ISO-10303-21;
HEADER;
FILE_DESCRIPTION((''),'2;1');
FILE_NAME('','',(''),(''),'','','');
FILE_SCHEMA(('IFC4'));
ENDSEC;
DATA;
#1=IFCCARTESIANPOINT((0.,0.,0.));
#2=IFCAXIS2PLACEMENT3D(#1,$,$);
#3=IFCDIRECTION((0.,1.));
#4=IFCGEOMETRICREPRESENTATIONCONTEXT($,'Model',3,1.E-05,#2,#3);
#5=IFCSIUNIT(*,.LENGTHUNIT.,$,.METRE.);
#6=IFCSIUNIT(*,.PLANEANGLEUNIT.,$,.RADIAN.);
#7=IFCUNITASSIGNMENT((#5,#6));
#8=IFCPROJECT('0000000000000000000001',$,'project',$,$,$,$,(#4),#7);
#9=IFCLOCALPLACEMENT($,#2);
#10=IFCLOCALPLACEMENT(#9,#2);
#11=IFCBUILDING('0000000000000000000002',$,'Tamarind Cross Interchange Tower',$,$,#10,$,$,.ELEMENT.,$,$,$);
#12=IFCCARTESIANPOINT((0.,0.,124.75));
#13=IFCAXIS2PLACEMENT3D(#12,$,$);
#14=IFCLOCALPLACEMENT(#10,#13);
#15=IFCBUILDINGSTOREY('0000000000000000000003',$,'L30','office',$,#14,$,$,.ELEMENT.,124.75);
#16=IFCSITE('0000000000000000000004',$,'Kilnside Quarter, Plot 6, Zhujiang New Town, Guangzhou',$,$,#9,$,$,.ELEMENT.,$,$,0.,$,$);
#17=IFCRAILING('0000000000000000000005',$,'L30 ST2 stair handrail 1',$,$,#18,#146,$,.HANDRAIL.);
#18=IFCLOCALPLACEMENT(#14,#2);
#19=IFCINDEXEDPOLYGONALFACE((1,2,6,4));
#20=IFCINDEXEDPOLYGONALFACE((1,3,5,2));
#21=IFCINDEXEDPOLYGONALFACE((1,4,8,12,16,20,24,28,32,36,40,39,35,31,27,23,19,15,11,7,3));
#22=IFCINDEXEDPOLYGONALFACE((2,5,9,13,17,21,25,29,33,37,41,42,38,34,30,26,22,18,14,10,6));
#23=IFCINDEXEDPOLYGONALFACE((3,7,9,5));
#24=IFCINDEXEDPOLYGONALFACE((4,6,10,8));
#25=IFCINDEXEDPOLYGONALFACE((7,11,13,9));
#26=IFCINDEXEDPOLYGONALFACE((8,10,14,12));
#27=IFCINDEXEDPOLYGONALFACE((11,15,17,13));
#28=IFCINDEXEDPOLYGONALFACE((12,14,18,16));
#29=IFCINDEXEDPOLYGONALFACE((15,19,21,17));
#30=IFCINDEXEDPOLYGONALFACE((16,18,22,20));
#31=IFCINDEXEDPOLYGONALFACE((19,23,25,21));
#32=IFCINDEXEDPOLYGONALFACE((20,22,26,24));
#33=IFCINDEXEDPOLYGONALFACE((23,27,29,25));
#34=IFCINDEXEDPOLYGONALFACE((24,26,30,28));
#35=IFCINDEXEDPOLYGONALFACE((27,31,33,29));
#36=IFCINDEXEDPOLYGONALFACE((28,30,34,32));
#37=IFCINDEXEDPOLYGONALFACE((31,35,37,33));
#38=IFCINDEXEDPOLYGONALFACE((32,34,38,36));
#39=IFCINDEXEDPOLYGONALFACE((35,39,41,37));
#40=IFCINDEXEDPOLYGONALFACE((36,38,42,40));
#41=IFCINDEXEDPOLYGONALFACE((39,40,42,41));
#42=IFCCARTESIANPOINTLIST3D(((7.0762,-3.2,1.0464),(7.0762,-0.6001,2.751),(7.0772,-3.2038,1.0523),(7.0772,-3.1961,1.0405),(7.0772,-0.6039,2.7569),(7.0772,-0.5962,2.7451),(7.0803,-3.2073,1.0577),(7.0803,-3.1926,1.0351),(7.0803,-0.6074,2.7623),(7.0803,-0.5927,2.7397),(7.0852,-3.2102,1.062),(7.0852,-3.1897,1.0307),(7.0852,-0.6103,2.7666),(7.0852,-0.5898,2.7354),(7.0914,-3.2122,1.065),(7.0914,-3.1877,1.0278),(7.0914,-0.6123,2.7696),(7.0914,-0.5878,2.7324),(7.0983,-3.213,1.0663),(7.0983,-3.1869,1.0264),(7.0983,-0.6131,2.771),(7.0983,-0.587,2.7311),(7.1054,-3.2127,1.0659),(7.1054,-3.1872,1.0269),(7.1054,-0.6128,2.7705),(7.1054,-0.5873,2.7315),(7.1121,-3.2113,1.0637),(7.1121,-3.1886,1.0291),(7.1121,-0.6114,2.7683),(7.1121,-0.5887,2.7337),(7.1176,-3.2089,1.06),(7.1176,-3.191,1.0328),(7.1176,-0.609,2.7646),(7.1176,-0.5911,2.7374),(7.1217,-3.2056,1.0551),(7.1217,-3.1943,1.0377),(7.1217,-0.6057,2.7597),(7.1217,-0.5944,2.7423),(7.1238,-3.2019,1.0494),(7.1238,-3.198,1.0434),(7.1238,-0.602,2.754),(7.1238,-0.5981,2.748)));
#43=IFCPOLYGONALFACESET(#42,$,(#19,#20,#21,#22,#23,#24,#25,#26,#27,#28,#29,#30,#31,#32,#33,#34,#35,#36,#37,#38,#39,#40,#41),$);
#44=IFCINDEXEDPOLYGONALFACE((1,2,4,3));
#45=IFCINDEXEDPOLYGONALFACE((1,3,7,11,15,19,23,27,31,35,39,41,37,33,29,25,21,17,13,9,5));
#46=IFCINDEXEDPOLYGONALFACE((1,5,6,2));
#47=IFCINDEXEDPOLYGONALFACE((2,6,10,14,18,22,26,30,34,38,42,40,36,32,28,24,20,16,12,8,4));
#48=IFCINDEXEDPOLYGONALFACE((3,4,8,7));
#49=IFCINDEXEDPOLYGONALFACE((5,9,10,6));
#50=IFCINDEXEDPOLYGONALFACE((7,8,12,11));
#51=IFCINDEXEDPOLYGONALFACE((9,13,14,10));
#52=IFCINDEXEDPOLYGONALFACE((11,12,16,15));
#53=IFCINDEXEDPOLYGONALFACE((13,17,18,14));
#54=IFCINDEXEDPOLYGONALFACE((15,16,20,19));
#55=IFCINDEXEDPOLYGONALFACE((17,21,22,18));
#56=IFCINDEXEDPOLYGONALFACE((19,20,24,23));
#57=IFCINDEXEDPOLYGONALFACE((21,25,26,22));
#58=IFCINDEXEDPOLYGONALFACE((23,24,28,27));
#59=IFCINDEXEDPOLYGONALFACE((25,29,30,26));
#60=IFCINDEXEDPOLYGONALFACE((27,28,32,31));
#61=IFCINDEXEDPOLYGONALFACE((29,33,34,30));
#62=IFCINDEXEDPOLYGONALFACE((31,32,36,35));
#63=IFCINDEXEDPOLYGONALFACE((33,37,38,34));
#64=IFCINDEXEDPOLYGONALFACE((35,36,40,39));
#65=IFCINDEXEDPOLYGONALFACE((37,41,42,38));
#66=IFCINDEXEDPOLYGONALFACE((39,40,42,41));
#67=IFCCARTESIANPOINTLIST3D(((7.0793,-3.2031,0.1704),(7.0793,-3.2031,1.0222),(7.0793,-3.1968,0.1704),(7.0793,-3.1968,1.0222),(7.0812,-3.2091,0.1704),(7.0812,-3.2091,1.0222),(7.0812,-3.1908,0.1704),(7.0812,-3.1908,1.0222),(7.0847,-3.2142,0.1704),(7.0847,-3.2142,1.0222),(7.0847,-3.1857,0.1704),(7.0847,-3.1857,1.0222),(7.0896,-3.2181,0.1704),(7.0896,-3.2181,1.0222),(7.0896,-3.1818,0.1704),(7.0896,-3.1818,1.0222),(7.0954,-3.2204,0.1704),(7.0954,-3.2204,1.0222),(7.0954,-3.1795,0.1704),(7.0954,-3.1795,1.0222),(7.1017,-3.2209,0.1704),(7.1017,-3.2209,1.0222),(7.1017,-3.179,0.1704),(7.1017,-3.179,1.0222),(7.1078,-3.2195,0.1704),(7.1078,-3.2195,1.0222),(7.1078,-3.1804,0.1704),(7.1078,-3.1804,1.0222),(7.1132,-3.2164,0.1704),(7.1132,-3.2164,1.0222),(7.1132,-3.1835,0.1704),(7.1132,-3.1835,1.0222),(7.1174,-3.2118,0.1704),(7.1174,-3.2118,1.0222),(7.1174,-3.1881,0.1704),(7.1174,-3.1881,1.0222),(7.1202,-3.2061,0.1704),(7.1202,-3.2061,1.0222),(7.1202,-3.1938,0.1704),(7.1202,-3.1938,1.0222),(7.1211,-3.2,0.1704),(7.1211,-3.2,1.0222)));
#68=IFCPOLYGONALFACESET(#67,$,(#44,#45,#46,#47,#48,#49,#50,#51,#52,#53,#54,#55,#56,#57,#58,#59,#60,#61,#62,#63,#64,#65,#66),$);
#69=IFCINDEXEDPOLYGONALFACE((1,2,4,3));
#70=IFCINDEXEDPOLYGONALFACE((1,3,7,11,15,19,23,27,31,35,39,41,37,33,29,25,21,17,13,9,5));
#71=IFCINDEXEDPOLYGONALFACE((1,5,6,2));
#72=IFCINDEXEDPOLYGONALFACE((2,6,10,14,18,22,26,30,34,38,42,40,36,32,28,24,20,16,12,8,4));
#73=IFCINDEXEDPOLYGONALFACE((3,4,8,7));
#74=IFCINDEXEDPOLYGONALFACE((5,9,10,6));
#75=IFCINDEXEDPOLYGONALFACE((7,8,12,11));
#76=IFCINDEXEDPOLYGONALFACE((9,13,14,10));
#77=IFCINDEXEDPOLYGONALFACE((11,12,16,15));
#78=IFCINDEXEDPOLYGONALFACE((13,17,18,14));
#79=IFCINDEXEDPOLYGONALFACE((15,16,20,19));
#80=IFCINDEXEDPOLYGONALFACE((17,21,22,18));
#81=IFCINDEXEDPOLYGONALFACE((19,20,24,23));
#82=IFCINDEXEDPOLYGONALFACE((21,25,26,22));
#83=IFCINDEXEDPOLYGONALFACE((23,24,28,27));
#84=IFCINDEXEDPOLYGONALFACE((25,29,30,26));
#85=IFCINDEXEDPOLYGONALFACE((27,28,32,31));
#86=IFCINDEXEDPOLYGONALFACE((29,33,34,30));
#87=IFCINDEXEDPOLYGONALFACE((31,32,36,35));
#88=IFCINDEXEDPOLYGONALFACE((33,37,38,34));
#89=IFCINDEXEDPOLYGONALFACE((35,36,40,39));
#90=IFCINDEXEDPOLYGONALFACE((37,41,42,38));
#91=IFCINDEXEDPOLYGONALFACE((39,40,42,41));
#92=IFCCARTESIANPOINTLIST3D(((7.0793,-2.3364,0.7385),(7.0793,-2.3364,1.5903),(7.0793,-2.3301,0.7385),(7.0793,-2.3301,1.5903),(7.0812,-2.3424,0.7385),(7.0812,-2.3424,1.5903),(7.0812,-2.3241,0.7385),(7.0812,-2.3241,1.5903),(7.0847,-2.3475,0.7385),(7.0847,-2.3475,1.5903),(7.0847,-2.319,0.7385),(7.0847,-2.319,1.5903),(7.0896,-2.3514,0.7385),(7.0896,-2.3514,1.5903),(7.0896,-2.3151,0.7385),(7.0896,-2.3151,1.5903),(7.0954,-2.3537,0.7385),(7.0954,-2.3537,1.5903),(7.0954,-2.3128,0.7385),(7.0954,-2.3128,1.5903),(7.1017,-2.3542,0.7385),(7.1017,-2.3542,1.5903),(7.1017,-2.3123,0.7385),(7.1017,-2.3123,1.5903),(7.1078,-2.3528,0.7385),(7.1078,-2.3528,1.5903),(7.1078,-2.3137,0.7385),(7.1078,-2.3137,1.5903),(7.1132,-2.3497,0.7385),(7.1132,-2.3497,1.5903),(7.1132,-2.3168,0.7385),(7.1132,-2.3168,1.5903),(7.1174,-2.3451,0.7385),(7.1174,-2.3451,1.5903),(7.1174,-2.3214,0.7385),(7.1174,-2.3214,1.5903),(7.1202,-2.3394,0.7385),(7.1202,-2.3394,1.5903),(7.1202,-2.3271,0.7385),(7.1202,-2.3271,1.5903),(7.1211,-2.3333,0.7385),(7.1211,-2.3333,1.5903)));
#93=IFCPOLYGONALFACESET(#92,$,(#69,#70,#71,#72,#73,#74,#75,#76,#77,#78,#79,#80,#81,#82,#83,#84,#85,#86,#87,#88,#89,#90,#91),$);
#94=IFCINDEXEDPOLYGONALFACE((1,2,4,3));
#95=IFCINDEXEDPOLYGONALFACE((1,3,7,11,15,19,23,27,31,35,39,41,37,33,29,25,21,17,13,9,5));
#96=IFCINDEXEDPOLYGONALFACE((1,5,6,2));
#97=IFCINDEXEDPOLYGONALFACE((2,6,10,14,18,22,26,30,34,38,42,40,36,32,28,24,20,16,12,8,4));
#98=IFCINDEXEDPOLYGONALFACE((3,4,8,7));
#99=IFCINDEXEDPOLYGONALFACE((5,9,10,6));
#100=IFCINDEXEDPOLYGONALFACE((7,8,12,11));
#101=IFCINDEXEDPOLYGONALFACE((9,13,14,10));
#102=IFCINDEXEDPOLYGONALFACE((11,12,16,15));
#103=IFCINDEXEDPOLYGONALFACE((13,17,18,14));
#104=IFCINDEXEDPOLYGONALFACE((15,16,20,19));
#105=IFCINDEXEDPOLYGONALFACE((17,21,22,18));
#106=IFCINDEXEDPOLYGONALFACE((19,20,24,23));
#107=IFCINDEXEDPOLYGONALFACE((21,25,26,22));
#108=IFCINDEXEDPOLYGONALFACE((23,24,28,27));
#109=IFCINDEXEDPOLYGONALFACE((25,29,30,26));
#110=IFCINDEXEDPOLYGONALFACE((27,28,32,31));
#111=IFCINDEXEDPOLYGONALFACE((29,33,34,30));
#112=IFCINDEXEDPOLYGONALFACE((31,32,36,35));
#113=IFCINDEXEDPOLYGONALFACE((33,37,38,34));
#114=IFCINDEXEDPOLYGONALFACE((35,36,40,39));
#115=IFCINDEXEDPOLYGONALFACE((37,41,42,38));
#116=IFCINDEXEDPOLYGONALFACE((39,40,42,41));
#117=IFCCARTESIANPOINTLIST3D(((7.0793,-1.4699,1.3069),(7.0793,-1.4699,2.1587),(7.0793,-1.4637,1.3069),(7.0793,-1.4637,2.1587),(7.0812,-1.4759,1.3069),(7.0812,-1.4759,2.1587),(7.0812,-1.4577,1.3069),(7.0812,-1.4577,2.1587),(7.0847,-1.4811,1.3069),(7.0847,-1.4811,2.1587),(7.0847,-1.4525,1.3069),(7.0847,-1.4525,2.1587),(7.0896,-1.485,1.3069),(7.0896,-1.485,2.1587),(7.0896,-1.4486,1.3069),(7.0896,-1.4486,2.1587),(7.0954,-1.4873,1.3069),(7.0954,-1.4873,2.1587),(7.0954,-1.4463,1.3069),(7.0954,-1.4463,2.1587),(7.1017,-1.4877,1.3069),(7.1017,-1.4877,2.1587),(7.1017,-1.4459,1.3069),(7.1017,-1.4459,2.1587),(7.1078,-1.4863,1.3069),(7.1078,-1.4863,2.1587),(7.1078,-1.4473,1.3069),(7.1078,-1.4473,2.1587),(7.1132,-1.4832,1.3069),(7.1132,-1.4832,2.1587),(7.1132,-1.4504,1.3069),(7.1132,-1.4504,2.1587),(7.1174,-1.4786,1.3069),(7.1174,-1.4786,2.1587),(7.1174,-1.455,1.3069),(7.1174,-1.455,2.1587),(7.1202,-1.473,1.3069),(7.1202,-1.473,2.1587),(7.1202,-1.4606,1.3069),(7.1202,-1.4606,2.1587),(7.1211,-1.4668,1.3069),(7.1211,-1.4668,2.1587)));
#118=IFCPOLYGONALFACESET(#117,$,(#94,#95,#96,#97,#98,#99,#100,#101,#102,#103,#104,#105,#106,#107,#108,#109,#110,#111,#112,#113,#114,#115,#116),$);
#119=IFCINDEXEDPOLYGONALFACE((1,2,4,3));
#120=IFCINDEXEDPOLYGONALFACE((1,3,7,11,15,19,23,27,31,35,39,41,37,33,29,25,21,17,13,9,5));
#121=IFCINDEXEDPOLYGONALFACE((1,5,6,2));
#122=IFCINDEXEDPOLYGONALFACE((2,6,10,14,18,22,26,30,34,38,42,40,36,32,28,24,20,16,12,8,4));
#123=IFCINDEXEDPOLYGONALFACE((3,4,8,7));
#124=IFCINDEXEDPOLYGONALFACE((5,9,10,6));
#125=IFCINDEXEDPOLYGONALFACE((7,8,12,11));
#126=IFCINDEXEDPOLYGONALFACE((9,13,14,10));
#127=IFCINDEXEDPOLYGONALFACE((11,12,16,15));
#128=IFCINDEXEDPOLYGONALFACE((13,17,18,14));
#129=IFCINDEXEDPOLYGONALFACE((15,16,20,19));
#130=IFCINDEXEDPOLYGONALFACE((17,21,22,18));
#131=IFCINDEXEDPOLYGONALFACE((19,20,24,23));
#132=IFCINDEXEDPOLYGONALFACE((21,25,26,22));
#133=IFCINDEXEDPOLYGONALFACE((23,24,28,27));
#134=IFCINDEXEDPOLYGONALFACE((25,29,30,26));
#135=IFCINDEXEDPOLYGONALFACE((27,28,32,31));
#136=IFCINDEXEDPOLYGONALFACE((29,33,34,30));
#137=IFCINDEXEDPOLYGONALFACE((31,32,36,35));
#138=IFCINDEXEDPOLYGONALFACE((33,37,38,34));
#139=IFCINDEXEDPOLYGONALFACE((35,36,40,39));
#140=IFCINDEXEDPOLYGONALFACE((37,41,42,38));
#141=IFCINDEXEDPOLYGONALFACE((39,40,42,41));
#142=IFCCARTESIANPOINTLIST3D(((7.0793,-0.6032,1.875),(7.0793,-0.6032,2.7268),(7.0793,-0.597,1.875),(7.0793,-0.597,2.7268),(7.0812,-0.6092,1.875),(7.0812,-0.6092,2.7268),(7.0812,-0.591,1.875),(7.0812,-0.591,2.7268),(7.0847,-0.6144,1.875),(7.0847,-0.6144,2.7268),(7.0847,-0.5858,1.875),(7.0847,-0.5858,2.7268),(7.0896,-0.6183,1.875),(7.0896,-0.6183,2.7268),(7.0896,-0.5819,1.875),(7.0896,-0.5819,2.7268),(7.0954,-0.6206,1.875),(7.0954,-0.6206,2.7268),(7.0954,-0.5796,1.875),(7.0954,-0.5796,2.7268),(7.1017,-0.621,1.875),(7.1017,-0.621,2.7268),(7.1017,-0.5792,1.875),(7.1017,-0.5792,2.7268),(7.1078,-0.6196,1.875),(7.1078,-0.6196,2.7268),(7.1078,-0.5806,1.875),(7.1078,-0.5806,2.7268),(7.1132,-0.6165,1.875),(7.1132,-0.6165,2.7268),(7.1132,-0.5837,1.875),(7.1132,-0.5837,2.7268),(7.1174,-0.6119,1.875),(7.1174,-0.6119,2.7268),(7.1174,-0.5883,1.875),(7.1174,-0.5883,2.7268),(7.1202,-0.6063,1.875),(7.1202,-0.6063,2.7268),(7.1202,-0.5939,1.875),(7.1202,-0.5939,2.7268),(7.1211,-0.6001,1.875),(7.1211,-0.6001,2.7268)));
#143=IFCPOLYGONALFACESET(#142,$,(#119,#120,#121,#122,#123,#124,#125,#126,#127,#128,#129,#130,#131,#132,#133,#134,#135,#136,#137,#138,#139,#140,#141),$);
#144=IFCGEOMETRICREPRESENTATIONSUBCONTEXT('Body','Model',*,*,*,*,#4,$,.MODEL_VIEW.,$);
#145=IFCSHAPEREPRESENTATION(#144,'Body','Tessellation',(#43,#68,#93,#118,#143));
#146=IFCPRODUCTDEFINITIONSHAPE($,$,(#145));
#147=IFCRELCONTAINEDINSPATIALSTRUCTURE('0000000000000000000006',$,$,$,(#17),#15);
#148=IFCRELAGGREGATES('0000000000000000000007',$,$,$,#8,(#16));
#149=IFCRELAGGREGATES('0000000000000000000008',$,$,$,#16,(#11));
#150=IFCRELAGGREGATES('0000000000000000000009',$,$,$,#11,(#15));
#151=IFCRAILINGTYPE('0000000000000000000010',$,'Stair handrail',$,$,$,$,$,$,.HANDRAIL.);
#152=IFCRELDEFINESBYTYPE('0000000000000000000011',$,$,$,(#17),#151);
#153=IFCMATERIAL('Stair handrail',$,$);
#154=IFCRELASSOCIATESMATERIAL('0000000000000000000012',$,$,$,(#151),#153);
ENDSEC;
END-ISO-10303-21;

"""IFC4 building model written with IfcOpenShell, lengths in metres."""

from ifc_helpers import new_model, si_unit, direction, frame, origin, origin_2d, place, context, subcontext, project, spatial, circle, extrude, material, type_object, element, save


model = new_model("IFC4")

# Units and contexts
model_context = context("Model", 3, precision=1e-05, world=origin(), true_north=direction((0.0, 1.0)))
body_context = subcontext(model_context, "Body", "Model", "MODEL_VIEW")
ifc_project = project(units=[si_unit("LENGTHUNIT", "METRE"), si_unit("PLANEANGLEUNIT", "RADIAN")], contexts=[model_context])

# Site, building, storey
site_placement = place(None, origin())
site = spatial("IfcSite", under=ifc_project, at=site_placement, Name="Kilnside Quarter, Plot 6, Zhujiang New Town, Guangzhou", CompositionType="ELEMENT", RefElevation=0.0)
building_placement = place(site_placement, origin())
building = spatial("IfcBuilding", under=site, at=building_placement, Name="Tamarind Cross Interchange Tower", CompositionType="ELEMENT")
storey_placement = place(building_placement, frame((0.0, 0.0, 124.75)))
storey = spatial("IfcBuildingStorey", under=building, at=storey_placement, Name="L30", Description="office", CompositionType="ELEMENT", Elevation=124.75)

# Railing
ifc_material_1 = material(Name="Stair handrail")
railing_type_1 = type_object("IfcRailingType", Name="Stair handrail", PredefinedType="HANDRAIL", material=ifc_material_1)
railing_1_placement = place(storey_placement, frame((7.1001, -3.2, 0.1704)))
element("IfcRailing", 1, at=railing_1_placement, inside=storey, type_object=railing_type_1, Name="L30 ST2 stair handrail 1", PredefinedType="HANDRAIL", context=body_context, shape_type="SweptSolid", body=[
    extrude(circle(Radius=0.0239, at=origin_2d()), frame((0.0, 0.0, 0.876), z_axis=(0.0, 0.836279, 0.548305), x_axis=(-1.0, 0.0, 0.0)), (0.0, 0.0, 1.0), 3.1089),
    extrude(circle(Radius=0.021, at=origin_2d()), origin(), (0.0, 0.0, 1.0), 0.8518),
    extrude(circle(Radius=0.021, at=origin_2d()), frame((0.0, 0.8667, 0.5681)), (0.0, 0.0, 1.0), 0.8518),
    extrude(circle(Radius=0.021, at=origin_2d()), frame((0.0, 1.7332, 1.1365)), (0.0, 0.0, 1.0), 0.8518),
    extrude(circle(Radius=0.021, at=origin_2d()), frame((0.0, 2.5999, 1.7046)), (0.0, 0.0, 1.0), 0.8518),
])

save(model, "model.ifc")
